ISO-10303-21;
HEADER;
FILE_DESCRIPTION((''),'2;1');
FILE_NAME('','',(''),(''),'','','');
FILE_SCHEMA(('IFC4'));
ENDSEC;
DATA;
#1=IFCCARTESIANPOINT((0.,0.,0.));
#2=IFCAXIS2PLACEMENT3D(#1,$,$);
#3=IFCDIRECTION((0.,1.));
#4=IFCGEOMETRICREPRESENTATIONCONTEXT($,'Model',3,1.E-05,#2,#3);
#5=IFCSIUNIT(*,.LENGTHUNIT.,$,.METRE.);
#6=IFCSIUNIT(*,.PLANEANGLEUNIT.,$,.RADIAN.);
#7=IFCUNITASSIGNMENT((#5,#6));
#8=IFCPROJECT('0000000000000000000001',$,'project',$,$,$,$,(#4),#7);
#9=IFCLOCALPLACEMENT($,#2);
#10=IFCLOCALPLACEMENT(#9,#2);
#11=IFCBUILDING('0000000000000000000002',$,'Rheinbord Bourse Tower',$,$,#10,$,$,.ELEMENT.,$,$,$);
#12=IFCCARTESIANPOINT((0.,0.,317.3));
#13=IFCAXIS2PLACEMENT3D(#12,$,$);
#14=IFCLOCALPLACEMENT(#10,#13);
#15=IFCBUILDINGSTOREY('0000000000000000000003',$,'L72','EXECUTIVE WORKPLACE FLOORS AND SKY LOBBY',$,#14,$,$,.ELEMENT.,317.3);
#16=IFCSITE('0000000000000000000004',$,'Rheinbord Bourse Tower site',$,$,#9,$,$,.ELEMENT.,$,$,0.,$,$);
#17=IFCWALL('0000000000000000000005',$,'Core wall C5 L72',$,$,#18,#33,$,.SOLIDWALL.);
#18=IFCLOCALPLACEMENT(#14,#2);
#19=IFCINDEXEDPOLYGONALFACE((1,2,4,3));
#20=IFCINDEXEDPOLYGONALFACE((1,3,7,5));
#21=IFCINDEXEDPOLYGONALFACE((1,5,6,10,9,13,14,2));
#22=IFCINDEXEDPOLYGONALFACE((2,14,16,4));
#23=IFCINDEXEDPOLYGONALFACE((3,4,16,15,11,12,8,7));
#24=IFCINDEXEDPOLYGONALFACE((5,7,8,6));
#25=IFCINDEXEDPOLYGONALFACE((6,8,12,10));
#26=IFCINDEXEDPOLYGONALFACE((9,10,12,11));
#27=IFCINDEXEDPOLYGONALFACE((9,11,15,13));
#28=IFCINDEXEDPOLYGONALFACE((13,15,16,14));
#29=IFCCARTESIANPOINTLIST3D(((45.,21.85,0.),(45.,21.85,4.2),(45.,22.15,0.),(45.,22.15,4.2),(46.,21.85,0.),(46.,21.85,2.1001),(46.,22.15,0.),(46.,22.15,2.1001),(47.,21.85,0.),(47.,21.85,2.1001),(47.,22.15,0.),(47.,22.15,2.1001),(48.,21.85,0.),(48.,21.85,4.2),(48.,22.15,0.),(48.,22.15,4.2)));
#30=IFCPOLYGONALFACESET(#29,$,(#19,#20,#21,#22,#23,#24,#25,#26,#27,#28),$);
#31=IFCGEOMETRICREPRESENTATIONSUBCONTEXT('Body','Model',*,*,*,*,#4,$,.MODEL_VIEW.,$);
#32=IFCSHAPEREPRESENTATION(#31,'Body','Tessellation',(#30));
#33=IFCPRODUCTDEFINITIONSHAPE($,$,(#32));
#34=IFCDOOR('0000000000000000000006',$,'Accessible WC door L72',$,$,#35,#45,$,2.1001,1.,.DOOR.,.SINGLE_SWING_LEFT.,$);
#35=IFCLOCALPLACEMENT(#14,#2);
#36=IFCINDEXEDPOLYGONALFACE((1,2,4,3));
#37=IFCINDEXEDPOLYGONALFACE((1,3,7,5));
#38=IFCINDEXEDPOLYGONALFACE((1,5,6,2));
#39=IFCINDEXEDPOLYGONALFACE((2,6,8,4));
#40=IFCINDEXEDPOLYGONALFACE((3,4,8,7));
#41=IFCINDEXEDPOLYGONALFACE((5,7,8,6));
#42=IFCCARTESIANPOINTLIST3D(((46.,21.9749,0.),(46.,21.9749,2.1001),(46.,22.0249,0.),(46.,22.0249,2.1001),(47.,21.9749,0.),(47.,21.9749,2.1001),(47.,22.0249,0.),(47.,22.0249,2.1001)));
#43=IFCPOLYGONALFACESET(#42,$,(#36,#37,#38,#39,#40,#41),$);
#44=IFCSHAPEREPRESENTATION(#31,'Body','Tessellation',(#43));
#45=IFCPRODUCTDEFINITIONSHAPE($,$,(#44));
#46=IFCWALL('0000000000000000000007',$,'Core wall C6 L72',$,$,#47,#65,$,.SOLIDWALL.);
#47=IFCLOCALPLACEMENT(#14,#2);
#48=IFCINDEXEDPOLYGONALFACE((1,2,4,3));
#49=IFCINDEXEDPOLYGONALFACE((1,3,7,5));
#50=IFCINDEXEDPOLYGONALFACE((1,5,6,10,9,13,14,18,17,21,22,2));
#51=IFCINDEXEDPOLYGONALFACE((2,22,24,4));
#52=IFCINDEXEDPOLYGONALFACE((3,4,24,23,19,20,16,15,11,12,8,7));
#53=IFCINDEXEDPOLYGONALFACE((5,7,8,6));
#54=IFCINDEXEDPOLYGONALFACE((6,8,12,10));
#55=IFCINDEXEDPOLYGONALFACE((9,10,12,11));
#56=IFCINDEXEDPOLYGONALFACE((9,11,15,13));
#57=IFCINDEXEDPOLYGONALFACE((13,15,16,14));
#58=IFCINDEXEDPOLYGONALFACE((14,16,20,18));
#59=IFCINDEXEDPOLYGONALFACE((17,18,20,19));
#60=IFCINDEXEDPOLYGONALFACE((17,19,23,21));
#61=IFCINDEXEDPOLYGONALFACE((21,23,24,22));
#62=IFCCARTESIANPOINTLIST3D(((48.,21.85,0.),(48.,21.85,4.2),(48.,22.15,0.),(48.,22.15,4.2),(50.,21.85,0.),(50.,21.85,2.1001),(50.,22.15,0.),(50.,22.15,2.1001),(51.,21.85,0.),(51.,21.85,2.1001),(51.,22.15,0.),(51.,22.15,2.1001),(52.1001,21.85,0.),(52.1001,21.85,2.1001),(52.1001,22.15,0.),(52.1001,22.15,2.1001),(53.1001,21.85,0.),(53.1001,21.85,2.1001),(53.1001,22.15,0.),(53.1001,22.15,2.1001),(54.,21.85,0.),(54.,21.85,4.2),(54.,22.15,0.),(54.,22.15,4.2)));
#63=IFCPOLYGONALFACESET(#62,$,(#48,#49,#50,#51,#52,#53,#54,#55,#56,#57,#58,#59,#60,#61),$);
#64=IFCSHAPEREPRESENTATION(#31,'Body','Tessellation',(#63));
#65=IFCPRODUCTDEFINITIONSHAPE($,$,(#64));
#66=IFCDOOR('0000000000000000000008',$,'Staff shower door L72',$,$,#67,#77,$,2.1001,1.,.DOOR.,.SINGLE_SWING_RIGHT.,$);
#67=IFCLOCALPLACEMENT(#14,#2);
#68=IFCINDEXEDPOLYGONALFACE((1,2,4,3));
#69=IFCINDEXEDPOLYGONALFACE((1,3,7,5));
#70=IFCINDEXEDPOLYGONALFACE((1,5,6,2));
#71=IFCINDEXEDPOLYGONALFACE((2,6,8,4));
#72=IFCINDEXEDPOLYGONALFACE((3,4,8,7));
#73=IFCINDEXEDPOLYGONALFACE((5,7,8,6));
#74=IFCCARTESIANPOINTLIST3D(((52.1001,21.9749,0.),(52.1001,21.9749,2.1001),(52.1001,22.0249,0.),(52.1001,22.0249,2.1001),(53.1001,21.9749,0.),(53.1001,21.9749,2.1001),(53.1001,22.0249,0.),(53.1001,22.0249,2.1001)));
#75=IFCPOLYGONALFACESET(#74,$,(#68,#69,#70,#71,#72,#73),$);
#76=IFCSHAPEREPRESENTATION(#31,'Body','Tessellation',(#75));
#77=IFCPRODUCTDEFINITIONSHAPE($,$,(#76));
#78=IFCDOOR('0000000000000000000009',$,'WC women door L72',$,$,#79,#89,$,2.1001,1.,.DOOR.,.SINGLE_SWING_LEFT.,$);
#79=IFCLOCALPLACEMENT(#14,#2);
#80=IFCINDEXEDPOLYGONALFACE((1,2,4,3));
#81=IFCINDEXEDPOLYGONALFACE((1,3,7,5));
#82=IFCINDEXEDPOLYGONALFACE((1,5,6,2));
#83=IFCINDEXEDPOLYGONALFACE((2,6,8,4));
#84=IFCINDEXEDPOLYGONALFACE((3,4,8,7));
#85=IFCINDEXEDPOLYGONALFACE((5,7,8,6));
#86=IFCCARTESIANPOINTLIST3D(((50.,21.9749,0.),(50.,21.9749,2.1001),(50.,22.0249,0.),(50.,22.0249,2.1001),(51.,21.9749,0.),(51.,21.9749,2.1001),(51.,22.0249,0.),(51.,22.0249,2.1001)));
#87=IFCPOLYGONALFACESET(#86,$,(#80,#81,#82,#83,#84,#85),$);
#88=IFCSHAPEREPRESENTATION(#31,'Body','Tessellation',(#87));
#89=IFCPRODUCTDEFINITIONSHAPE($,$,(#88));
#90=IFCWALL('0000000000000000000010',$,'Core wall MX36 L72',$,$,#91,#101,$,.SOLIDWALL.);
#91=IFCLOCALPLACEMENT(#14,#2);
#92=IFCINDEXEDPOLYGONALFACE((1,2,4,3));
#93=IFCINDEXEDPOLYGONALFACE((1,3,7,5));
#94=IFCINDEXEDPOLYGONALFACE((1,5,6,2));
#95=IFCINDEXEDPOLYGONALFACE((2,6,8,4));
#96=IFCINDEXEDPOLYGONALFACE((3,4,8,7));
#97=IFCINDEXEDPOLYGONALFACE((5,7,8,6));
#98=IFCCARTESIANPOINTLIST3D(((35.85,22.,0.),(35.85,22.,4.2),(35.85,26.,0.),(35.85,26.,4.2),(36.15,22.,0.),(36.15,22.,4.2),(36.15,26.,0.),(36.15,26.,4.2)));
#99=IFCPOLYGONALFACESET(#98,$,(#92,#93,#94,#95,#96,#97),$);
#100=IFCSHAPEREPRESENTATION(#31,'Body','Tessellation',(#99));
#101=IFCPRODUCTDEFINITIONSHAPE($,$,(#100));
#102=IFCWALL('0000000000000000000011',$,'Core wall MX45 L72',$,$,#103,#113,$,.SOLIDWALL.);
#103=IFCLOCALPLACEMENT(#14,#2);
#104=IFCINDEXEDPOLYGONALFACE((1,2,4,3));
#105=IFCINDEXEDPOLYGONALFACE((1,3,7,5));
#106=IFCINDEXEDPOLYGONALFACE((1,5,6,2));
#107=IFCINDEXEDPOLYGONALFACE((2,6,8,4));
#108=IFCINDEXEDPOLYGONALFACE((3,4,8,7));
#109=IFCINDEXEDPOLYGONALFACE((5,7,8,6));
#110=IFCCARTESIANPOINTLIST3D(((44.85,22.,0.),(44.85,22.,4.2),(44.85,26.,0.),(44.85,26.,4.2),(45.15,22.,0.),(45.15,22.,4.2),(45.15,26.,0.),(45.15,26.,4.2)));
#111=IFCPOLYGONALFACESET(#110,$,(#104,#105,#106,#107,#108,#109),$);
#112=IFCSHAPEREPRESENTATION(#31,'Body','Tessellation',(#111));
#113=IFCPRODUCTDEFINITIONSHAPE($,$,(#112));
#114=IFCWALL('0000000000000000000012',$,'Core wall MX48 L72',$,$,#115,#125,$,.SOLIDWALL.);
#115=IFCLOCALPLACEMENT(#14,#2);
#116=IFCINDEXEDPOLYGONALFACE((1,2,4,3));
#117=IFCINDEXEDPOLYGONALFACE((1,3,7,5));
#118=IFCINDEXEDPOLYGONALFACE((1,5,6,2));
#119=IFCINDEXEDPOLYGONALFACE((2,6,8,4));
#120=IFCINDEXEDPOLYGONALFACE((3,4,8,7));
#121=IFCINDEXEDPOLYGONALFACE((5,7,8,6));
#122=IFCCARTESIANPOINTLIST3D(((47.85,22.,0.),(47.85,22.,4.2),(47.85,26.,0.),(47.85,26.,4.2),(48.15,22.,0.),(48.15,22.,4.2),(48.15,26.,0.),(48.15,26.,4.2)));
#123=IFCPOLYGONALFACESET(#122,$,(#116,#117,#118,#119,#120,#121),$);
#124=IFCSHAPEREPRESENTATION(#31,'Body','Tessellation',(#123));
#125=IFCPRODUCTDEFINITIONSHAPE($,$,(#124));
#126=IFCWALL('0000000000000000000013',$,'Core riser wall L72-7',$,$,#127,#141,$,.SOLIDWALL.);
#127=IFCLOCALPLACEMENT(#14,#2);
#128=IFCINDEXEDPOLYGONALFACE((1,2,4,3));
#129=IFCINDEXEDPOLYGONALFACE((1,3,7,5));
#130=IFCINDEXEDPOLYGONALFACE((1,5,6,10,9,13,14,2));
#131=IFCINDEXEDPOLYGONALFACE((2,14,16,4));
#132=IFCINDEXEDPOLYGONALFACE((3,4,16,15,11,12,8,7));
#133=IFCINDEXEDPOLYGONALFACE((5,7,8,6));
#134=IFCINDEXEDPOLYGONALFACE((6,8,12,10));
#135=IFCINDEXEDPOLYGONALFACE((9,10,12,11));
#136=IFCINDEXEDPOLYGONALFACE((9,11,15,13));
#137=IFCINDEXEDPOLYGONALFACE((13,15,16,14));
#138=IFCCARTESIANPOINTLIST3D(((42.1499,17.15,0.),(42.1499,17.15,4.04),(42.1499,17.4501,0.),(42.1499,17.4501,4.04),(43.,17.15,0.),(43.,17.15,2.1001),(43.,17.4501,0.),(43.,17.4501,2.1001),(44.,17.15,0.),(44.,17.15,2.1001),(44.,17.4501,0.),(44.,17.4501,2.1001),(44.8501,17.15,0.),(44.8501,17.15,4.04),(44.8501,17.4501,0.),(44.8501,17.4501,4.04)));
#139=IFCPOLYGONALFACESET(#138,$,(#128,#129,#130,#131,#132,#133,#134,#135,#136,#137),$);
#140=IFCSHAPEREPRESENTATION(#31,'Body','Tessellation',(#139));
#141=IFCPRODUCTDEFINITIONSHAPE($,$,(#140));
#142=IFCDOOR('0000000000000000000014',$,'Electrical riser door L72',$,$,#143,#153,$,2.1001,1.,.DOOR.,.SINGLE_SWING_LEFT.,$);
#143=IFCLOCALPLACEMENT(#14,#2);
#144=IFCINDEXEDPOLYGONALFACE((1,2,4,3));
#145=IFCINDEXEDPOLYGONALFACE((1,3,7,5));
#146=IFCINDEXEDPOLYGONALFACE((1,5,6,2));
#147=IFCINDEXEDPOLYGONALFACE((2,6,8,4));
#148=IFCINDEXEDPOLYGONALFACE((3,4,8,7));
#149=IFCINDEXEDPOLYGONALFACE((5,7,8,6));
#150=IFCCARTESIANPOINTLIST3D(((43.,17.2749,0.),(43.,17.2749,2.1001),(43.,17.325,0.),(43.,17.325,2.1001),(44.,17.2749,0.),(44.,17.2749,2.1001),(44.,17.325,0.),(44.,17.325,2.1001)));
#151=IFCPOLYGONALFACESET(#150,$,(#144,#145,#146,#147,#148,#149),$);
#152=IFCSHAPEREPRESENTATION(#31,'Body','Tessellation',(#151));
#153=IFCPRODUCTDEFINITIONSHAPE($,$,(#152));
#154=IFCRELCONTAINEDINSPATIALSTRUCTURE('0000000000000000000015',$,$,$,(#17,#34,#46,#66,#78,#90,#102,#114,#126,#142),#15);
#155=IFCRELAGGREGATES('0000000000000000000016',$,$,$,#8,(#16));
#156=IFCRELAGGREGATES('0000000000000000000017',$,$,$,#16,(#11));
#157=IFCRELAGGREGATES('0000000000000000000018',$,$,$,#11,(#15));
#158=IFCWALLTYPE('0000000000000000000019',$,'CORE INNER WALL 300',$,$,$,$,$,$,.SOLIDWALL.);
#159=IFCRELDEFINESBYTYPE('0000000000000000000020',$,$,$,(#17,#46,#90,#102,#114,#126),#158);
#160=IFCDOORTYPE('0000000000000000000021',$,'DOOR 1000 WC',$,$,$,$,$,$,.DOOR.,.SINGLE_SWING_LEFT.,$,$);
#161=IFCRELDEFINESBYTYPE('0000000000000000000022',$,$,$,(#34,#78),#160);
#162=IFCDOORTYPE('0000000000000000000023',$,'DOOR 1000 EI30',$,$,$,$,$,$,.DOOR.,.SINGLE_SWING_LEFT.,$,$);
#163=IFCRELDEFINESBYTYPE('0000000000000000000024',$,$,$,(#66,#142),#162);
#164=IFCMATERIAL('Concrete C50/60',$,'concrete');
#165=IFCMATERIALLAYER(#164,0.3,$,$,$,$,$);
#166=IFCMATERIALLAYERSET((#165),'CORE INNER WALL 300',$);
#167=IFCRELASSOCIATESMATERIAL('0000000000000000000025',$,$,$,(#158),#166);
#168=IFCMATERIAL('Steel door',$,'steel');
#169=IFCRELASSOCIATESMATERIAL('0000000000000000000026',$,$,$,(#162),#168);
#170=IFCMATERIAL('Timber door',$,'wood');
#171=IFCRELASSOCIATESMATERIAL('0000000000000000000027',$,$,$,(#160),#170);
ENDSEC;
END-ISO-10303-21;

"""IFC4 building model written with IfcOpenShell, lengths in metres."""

from ifc_helpers import new_model, si_unit, direction, frame, frame_2d, origin, place, context, subcontext, project, spatial, rectangle, extrude, material, layer, layer_set, type_object, element, fill, save


model = new_model("IFC4")

# Units and contexts
model_context = context("Model", 3, precision=1e-05, world=origin(), true_north=direction((0.0, 1.0)))
body_context = subcontext(model_context, "Body", "Model", "MODEL_VIEW")
ifc_project = project(units=[si_unit("LENGTHUNIT", "METRE"), si_unit("PLANEANGLEUNIT", "RADIAN")], contexts=[model_context])

# Site, building, storey
site_placement = place(None, origin())
site = spatial("IfcSite", under=ifc_project, at=site_placement, Name="Rheinbord Bourse Tower site", CompositionType="ELEMENT", RefElevation=0.0)
building_placement = place(site_placement, origin())
building = spatial("IfcBuilding", under=site, at=building_placement, Name="Rheinbord Bourse Tower", CompositionType="ELEMENT")
storey_placement = place(building_placement, frame((0.0, 0.0, 317.3)))
storey = spatial("IfcBuildingStorey", under=building, at=storey_placement, Name="L72", Description="EXECUTIVE WORKPLACE FLOORS AND SKY LOBBY", CompositionType="ELEMENT", Elevation=317.3)

# Wall, opening, door
ifc_material_1 = material(Name="Concrete C50/60", Category="concrete")
ifc_layer_1 = layer(ifc_material_1, 0.3)
ifc_layer_set_1 = layer_set([ifc_layer_1], Name="CORE INNER WALL 300")
wall_type_1 = type_object("IfcWallType", Name="CORE INNER WALL 300", PredefinedType="SOLIDWALL", material=ifc_layer_set_1)
ifc_material_2 = material(Name="Steel door", Category="steel")
door_type_1 = type_object("IfcDoorType", Name="DOOR 1000 EI30", OperationType="SINGLE_SWING_LEFT", PredefinedType="DOOR", material=ifc_material_2)
wall_1_placement = place(storey_placement, frame((45.0, 22.0, 0.0), z_axis=(0.0, 0.0, 1.0), x_axis=(1.0, 0.0, 0.0)))
wall_1 = element("IfcWall", 1, at=wall_1_placement, inside=storey, type_object=wall_type_1, Name="Core wall C5 L72", PredefinedType="SOLIDWALL", context=body_context, shape_type="SweptSolid", body=[
    extrude(rectangle(XDim=3.0, YDim=0.3, at=frame_2d((1.5, 0.0))), origin(), (0.0, 0.0, 1.0), 4.2),
])
opening_1_placement = place(wall_1_placement, frame((1.0, 0.0, 0.0)))
opening_1 = element("IfcOpeningElement", 2, at=opening_1_placement, cuts=wall_1, PredefinedType="OPENING", context=body_context, shape_type="SweptSolid", body=[
    extrude(rectangle(XDim=1.0, YDim=2.1001, at=frame_2d((0.5, 1.05))), frame((0.0, 0.1599, 0.0), z_axis=(0.0, -1.0, 0.0), x_axis=(1.0, 0.0, 0.0)), (0.0, 0.0, 1.0), 0.3201),
])
ifc_material_3 = material(Name="Timber door", Category="wood")
door_type_2 = type_object("IfcDoorType", Name="DOOR 1000 WC", OperationType="SINGLE_SWING_LEFT", PredefinedType="DOOR", material=ifc_material_3)
door_1_placement = place(opening_1_placement, origin())
door_1 = element("IfcDoor", 3, at=door_1_placement, inside=storey, type_object=door_type_2, Name="Accessible WC door L72", OperationType="SINGLE_SWING_LEFT", OverallHeight=2.1001, OverallWidth=1.0, PredefinedType="DOOR", context=body_context, shape_type="SweptSolid", body=[
    extrude(rectangle(XDim=1.0, YDim=2.1001, at=frame_2d((0.5, 1.05))), frame((0.0, 0.0249, 0.0), z_axis=(0.0, -1.0, 0.0), x_axis=(1.0, 0.0, 0.0)), (0.0, 0.0, 1.0), 0.05),
])
fill(opening_1, door_1)

# Wall, openings, doors
wall_2_placement = place(storey_placement, frame((48.0, 22.0, 0.0), z_axis=(0.0, 0.0, 1.0), x_axis=(1.0, 0.0, 0.0)))
wall_2 = element("IfcWall", 4, at=wall_2_placement, inside=storey, type_object=wall_type_1, Name="Core wall C6 L72", PredefinedType="SOLIDWALL", context=body_context, shape_type="SweptSolid", body=[
    extrude(rectangle(XDim=6.0, YDim=0.3, at=frame_2d((3.0, 0.0))), origin(), (0.0, 0.0, 1.0), 4.2),
])
opening_2_placement = place(wall_2_placement, frame((2.0, 0.0, 0.0)))
opening_2 = element("IfcOpeningElement", 5, at=opening_2_placement, cuts=wall_2, PredefinedType="OPENING", context=body_context, shape_type="SweptSolid", body=[
    extrude(rectangle(XDim=1.0, YDim=2.1001, at=frame_2d((0.5, 1.05))), frame((0.0, 0.1599, 0.0), z_axis=(0.0, -1.0, 0.0), x_axis=(1.0, 0.0, 0.0)), (0.0, 0.0, 1.0), 0.3201),
])
opening_3_placement = place(wall_2_placement, frame((4.1001, 0.0, 0.0)))
opening_3 = element("IfcOpeningElement", 6, at=opening_3_placement, cuts=wall_2, PredefinedType="OPENING", context=body_context, shape_type="SweptSolid", body=[
    extrude(rectangle(XDim=1.0, YDim=2.1001, at=frame_2d((0.5, 1.05))), frame((0.0, 0.1599, 0.0), z_axis=(0.0, -1.0, 0.0), x_axis=(1.0, 0.0, 0.0)), (0.0, 0.0, 1.0), 0.3201),
])
door_2_placement = place(opening_3_placement, origin())
door_2 = element("IfcDoor", 7, at=door_2_placement, inside=storey, type_object=door_type_1, Name="Staff shower door L72", OperationType="SINGLE_SWING_RIGHT", OverallHeight=2.1001, OverallWidth=1.0, PredefinedType="DOOR", context=body_context, shape_type="SweptSolid", body=[
    extrude(rectangle(XDim=1.0, YDim=2.1001, at=frame_2d((0.5, 1.05))), frame((0.0, 0.0249, 0.0), z_axis=(0.0, -1.0, 0.0), x_axis=(1.0, 0.0, 0.0)), (0.0, 0.0, 1.0), 0.05),
])
fill(opening_3, door_2)
door_3_placement = place(opening_2_placement, origin())
door_3 = element("IfcDoor", 8, at=door_3_placement, inside=storey, type_object=door_type_2, Name="WC women door L72", OperationType="SINGLE_SWING_LEFT", OverallHeight=2.1001, OverallWidth=1.0, PredefinedType="DOOR", context=body_context, shape_type="SweptSolid", body=[
    extrude(rectangle(XDim=1.0, YDim=2.1001, at=frame_2d((0.5, 1.05))), frame((0.0, 0.0249, 0.0), z_axis=(0.0, -1.0, 0.0), x_axis=(1.0, 0.0, 0.0)), (0.0, 0.0, 1.0), 0.05),
])
fill(opening_2, door_3)

# Walls
for number, where, z_axis, x_axis, name in (
    (9, (36.0, 22.0, 0.0), (0.0, 0.0, 1.0), (0.0, 1.0, 0.0), "Core wall MX36 L72"),
    (10, (45.0, 22.0, 0.0), (0.0, 0.0, 1.0), (0.0, 1.0, 0.0), "Core wall MX45 L72"),
    (11, (48.0, 22.0, 0.0), (0.0, 0.0, 1.0), (0.0, 1.0, 0.0), "Core wall MX48 L72"),
):
    element("IfcWall", number, at=place(storey_placement, frame(where, z_axis=z_axis, x_axis=x_axis)), inside=storey, type_object=wall_type_1, Name=name, PredefinedType="SOLIDWALL", context=body_context, shape_type="SweptSolid", body=[
        extrude(rectangle(XDim=4.0, YDim=0.3, at=frame_2d((2.0, 0.0))), origin(), (0.0, 0.0, 1.0), 4.2),
    ])

# Wall, opening, door
wall_3_placement = place(storey_placement, frame((42.1499, 17.3, 0.0), z_axis=(0.0, 0.0, 1.0), x_axis=(1.0, 0.0, 0.0)))
wall_3 = element("IfcWall", 12, at=wall_3_placement, inside=storey, type_object=wall_type_1, Name="Core riser wall L72-7", PredefinedType="SOLIDWALL", context=body_context, shape_type="SweptSolid", body=[
    extrude(rectangle(XDim=2.7002, YDim=0.3, at=frame_2d((1.3501, 0.0))), origin(), (0.0, 0.0, 1.0), 4.04),
])
opening_4_placement = place(wall_3_placement, frame((0.8501, 0.0, 0.0)))
opening_4 = element("IfcOpeningElement", 13, at=opening_4_placement, cuts=wall_3, PredefinedType="OPENING", context=body_context, shape_type="SweptSolid", body=[
    extrude(rectangle(XDim=1.0, YDim=2.1001, at=frame_2d((0.5, 1.05))), frame((0.0, 0.1599, 0.0), z_axis=(0.0, -1.0, 0.0), x_axis=(1.0, 0.0, 0.0)), (0.0, 0.0, 1.0), 0.3201),
])
door_4_placement = place(opening_4_placement, origin())
door_4 = element("IfcDoor", 14, at=door_4_placement, inside=storey, type_object=door_type_1, Name="Electrical riser door L72", OperationType="SINGLE_SWING_LEFT", OverallHeight=2.1001, OverallWidth=1.0, PredefinedType="DOOR", context=body_context, shape_type="SweptSolid", body=[
    extrude(rectangle(XDim=1.0, YDim=2.1001, at=frame_2d((0.5, 1.05))), frame((0.0, 0.0249, 0.0), z_axis=(0.0, -1.0, 0.0), x_axis=(1.0, 0.0, 0.0)), (0.0, 0.0, 1.0), 0.05),
])
fill(opening_4, door_4)

save(model, "model.ifc")
